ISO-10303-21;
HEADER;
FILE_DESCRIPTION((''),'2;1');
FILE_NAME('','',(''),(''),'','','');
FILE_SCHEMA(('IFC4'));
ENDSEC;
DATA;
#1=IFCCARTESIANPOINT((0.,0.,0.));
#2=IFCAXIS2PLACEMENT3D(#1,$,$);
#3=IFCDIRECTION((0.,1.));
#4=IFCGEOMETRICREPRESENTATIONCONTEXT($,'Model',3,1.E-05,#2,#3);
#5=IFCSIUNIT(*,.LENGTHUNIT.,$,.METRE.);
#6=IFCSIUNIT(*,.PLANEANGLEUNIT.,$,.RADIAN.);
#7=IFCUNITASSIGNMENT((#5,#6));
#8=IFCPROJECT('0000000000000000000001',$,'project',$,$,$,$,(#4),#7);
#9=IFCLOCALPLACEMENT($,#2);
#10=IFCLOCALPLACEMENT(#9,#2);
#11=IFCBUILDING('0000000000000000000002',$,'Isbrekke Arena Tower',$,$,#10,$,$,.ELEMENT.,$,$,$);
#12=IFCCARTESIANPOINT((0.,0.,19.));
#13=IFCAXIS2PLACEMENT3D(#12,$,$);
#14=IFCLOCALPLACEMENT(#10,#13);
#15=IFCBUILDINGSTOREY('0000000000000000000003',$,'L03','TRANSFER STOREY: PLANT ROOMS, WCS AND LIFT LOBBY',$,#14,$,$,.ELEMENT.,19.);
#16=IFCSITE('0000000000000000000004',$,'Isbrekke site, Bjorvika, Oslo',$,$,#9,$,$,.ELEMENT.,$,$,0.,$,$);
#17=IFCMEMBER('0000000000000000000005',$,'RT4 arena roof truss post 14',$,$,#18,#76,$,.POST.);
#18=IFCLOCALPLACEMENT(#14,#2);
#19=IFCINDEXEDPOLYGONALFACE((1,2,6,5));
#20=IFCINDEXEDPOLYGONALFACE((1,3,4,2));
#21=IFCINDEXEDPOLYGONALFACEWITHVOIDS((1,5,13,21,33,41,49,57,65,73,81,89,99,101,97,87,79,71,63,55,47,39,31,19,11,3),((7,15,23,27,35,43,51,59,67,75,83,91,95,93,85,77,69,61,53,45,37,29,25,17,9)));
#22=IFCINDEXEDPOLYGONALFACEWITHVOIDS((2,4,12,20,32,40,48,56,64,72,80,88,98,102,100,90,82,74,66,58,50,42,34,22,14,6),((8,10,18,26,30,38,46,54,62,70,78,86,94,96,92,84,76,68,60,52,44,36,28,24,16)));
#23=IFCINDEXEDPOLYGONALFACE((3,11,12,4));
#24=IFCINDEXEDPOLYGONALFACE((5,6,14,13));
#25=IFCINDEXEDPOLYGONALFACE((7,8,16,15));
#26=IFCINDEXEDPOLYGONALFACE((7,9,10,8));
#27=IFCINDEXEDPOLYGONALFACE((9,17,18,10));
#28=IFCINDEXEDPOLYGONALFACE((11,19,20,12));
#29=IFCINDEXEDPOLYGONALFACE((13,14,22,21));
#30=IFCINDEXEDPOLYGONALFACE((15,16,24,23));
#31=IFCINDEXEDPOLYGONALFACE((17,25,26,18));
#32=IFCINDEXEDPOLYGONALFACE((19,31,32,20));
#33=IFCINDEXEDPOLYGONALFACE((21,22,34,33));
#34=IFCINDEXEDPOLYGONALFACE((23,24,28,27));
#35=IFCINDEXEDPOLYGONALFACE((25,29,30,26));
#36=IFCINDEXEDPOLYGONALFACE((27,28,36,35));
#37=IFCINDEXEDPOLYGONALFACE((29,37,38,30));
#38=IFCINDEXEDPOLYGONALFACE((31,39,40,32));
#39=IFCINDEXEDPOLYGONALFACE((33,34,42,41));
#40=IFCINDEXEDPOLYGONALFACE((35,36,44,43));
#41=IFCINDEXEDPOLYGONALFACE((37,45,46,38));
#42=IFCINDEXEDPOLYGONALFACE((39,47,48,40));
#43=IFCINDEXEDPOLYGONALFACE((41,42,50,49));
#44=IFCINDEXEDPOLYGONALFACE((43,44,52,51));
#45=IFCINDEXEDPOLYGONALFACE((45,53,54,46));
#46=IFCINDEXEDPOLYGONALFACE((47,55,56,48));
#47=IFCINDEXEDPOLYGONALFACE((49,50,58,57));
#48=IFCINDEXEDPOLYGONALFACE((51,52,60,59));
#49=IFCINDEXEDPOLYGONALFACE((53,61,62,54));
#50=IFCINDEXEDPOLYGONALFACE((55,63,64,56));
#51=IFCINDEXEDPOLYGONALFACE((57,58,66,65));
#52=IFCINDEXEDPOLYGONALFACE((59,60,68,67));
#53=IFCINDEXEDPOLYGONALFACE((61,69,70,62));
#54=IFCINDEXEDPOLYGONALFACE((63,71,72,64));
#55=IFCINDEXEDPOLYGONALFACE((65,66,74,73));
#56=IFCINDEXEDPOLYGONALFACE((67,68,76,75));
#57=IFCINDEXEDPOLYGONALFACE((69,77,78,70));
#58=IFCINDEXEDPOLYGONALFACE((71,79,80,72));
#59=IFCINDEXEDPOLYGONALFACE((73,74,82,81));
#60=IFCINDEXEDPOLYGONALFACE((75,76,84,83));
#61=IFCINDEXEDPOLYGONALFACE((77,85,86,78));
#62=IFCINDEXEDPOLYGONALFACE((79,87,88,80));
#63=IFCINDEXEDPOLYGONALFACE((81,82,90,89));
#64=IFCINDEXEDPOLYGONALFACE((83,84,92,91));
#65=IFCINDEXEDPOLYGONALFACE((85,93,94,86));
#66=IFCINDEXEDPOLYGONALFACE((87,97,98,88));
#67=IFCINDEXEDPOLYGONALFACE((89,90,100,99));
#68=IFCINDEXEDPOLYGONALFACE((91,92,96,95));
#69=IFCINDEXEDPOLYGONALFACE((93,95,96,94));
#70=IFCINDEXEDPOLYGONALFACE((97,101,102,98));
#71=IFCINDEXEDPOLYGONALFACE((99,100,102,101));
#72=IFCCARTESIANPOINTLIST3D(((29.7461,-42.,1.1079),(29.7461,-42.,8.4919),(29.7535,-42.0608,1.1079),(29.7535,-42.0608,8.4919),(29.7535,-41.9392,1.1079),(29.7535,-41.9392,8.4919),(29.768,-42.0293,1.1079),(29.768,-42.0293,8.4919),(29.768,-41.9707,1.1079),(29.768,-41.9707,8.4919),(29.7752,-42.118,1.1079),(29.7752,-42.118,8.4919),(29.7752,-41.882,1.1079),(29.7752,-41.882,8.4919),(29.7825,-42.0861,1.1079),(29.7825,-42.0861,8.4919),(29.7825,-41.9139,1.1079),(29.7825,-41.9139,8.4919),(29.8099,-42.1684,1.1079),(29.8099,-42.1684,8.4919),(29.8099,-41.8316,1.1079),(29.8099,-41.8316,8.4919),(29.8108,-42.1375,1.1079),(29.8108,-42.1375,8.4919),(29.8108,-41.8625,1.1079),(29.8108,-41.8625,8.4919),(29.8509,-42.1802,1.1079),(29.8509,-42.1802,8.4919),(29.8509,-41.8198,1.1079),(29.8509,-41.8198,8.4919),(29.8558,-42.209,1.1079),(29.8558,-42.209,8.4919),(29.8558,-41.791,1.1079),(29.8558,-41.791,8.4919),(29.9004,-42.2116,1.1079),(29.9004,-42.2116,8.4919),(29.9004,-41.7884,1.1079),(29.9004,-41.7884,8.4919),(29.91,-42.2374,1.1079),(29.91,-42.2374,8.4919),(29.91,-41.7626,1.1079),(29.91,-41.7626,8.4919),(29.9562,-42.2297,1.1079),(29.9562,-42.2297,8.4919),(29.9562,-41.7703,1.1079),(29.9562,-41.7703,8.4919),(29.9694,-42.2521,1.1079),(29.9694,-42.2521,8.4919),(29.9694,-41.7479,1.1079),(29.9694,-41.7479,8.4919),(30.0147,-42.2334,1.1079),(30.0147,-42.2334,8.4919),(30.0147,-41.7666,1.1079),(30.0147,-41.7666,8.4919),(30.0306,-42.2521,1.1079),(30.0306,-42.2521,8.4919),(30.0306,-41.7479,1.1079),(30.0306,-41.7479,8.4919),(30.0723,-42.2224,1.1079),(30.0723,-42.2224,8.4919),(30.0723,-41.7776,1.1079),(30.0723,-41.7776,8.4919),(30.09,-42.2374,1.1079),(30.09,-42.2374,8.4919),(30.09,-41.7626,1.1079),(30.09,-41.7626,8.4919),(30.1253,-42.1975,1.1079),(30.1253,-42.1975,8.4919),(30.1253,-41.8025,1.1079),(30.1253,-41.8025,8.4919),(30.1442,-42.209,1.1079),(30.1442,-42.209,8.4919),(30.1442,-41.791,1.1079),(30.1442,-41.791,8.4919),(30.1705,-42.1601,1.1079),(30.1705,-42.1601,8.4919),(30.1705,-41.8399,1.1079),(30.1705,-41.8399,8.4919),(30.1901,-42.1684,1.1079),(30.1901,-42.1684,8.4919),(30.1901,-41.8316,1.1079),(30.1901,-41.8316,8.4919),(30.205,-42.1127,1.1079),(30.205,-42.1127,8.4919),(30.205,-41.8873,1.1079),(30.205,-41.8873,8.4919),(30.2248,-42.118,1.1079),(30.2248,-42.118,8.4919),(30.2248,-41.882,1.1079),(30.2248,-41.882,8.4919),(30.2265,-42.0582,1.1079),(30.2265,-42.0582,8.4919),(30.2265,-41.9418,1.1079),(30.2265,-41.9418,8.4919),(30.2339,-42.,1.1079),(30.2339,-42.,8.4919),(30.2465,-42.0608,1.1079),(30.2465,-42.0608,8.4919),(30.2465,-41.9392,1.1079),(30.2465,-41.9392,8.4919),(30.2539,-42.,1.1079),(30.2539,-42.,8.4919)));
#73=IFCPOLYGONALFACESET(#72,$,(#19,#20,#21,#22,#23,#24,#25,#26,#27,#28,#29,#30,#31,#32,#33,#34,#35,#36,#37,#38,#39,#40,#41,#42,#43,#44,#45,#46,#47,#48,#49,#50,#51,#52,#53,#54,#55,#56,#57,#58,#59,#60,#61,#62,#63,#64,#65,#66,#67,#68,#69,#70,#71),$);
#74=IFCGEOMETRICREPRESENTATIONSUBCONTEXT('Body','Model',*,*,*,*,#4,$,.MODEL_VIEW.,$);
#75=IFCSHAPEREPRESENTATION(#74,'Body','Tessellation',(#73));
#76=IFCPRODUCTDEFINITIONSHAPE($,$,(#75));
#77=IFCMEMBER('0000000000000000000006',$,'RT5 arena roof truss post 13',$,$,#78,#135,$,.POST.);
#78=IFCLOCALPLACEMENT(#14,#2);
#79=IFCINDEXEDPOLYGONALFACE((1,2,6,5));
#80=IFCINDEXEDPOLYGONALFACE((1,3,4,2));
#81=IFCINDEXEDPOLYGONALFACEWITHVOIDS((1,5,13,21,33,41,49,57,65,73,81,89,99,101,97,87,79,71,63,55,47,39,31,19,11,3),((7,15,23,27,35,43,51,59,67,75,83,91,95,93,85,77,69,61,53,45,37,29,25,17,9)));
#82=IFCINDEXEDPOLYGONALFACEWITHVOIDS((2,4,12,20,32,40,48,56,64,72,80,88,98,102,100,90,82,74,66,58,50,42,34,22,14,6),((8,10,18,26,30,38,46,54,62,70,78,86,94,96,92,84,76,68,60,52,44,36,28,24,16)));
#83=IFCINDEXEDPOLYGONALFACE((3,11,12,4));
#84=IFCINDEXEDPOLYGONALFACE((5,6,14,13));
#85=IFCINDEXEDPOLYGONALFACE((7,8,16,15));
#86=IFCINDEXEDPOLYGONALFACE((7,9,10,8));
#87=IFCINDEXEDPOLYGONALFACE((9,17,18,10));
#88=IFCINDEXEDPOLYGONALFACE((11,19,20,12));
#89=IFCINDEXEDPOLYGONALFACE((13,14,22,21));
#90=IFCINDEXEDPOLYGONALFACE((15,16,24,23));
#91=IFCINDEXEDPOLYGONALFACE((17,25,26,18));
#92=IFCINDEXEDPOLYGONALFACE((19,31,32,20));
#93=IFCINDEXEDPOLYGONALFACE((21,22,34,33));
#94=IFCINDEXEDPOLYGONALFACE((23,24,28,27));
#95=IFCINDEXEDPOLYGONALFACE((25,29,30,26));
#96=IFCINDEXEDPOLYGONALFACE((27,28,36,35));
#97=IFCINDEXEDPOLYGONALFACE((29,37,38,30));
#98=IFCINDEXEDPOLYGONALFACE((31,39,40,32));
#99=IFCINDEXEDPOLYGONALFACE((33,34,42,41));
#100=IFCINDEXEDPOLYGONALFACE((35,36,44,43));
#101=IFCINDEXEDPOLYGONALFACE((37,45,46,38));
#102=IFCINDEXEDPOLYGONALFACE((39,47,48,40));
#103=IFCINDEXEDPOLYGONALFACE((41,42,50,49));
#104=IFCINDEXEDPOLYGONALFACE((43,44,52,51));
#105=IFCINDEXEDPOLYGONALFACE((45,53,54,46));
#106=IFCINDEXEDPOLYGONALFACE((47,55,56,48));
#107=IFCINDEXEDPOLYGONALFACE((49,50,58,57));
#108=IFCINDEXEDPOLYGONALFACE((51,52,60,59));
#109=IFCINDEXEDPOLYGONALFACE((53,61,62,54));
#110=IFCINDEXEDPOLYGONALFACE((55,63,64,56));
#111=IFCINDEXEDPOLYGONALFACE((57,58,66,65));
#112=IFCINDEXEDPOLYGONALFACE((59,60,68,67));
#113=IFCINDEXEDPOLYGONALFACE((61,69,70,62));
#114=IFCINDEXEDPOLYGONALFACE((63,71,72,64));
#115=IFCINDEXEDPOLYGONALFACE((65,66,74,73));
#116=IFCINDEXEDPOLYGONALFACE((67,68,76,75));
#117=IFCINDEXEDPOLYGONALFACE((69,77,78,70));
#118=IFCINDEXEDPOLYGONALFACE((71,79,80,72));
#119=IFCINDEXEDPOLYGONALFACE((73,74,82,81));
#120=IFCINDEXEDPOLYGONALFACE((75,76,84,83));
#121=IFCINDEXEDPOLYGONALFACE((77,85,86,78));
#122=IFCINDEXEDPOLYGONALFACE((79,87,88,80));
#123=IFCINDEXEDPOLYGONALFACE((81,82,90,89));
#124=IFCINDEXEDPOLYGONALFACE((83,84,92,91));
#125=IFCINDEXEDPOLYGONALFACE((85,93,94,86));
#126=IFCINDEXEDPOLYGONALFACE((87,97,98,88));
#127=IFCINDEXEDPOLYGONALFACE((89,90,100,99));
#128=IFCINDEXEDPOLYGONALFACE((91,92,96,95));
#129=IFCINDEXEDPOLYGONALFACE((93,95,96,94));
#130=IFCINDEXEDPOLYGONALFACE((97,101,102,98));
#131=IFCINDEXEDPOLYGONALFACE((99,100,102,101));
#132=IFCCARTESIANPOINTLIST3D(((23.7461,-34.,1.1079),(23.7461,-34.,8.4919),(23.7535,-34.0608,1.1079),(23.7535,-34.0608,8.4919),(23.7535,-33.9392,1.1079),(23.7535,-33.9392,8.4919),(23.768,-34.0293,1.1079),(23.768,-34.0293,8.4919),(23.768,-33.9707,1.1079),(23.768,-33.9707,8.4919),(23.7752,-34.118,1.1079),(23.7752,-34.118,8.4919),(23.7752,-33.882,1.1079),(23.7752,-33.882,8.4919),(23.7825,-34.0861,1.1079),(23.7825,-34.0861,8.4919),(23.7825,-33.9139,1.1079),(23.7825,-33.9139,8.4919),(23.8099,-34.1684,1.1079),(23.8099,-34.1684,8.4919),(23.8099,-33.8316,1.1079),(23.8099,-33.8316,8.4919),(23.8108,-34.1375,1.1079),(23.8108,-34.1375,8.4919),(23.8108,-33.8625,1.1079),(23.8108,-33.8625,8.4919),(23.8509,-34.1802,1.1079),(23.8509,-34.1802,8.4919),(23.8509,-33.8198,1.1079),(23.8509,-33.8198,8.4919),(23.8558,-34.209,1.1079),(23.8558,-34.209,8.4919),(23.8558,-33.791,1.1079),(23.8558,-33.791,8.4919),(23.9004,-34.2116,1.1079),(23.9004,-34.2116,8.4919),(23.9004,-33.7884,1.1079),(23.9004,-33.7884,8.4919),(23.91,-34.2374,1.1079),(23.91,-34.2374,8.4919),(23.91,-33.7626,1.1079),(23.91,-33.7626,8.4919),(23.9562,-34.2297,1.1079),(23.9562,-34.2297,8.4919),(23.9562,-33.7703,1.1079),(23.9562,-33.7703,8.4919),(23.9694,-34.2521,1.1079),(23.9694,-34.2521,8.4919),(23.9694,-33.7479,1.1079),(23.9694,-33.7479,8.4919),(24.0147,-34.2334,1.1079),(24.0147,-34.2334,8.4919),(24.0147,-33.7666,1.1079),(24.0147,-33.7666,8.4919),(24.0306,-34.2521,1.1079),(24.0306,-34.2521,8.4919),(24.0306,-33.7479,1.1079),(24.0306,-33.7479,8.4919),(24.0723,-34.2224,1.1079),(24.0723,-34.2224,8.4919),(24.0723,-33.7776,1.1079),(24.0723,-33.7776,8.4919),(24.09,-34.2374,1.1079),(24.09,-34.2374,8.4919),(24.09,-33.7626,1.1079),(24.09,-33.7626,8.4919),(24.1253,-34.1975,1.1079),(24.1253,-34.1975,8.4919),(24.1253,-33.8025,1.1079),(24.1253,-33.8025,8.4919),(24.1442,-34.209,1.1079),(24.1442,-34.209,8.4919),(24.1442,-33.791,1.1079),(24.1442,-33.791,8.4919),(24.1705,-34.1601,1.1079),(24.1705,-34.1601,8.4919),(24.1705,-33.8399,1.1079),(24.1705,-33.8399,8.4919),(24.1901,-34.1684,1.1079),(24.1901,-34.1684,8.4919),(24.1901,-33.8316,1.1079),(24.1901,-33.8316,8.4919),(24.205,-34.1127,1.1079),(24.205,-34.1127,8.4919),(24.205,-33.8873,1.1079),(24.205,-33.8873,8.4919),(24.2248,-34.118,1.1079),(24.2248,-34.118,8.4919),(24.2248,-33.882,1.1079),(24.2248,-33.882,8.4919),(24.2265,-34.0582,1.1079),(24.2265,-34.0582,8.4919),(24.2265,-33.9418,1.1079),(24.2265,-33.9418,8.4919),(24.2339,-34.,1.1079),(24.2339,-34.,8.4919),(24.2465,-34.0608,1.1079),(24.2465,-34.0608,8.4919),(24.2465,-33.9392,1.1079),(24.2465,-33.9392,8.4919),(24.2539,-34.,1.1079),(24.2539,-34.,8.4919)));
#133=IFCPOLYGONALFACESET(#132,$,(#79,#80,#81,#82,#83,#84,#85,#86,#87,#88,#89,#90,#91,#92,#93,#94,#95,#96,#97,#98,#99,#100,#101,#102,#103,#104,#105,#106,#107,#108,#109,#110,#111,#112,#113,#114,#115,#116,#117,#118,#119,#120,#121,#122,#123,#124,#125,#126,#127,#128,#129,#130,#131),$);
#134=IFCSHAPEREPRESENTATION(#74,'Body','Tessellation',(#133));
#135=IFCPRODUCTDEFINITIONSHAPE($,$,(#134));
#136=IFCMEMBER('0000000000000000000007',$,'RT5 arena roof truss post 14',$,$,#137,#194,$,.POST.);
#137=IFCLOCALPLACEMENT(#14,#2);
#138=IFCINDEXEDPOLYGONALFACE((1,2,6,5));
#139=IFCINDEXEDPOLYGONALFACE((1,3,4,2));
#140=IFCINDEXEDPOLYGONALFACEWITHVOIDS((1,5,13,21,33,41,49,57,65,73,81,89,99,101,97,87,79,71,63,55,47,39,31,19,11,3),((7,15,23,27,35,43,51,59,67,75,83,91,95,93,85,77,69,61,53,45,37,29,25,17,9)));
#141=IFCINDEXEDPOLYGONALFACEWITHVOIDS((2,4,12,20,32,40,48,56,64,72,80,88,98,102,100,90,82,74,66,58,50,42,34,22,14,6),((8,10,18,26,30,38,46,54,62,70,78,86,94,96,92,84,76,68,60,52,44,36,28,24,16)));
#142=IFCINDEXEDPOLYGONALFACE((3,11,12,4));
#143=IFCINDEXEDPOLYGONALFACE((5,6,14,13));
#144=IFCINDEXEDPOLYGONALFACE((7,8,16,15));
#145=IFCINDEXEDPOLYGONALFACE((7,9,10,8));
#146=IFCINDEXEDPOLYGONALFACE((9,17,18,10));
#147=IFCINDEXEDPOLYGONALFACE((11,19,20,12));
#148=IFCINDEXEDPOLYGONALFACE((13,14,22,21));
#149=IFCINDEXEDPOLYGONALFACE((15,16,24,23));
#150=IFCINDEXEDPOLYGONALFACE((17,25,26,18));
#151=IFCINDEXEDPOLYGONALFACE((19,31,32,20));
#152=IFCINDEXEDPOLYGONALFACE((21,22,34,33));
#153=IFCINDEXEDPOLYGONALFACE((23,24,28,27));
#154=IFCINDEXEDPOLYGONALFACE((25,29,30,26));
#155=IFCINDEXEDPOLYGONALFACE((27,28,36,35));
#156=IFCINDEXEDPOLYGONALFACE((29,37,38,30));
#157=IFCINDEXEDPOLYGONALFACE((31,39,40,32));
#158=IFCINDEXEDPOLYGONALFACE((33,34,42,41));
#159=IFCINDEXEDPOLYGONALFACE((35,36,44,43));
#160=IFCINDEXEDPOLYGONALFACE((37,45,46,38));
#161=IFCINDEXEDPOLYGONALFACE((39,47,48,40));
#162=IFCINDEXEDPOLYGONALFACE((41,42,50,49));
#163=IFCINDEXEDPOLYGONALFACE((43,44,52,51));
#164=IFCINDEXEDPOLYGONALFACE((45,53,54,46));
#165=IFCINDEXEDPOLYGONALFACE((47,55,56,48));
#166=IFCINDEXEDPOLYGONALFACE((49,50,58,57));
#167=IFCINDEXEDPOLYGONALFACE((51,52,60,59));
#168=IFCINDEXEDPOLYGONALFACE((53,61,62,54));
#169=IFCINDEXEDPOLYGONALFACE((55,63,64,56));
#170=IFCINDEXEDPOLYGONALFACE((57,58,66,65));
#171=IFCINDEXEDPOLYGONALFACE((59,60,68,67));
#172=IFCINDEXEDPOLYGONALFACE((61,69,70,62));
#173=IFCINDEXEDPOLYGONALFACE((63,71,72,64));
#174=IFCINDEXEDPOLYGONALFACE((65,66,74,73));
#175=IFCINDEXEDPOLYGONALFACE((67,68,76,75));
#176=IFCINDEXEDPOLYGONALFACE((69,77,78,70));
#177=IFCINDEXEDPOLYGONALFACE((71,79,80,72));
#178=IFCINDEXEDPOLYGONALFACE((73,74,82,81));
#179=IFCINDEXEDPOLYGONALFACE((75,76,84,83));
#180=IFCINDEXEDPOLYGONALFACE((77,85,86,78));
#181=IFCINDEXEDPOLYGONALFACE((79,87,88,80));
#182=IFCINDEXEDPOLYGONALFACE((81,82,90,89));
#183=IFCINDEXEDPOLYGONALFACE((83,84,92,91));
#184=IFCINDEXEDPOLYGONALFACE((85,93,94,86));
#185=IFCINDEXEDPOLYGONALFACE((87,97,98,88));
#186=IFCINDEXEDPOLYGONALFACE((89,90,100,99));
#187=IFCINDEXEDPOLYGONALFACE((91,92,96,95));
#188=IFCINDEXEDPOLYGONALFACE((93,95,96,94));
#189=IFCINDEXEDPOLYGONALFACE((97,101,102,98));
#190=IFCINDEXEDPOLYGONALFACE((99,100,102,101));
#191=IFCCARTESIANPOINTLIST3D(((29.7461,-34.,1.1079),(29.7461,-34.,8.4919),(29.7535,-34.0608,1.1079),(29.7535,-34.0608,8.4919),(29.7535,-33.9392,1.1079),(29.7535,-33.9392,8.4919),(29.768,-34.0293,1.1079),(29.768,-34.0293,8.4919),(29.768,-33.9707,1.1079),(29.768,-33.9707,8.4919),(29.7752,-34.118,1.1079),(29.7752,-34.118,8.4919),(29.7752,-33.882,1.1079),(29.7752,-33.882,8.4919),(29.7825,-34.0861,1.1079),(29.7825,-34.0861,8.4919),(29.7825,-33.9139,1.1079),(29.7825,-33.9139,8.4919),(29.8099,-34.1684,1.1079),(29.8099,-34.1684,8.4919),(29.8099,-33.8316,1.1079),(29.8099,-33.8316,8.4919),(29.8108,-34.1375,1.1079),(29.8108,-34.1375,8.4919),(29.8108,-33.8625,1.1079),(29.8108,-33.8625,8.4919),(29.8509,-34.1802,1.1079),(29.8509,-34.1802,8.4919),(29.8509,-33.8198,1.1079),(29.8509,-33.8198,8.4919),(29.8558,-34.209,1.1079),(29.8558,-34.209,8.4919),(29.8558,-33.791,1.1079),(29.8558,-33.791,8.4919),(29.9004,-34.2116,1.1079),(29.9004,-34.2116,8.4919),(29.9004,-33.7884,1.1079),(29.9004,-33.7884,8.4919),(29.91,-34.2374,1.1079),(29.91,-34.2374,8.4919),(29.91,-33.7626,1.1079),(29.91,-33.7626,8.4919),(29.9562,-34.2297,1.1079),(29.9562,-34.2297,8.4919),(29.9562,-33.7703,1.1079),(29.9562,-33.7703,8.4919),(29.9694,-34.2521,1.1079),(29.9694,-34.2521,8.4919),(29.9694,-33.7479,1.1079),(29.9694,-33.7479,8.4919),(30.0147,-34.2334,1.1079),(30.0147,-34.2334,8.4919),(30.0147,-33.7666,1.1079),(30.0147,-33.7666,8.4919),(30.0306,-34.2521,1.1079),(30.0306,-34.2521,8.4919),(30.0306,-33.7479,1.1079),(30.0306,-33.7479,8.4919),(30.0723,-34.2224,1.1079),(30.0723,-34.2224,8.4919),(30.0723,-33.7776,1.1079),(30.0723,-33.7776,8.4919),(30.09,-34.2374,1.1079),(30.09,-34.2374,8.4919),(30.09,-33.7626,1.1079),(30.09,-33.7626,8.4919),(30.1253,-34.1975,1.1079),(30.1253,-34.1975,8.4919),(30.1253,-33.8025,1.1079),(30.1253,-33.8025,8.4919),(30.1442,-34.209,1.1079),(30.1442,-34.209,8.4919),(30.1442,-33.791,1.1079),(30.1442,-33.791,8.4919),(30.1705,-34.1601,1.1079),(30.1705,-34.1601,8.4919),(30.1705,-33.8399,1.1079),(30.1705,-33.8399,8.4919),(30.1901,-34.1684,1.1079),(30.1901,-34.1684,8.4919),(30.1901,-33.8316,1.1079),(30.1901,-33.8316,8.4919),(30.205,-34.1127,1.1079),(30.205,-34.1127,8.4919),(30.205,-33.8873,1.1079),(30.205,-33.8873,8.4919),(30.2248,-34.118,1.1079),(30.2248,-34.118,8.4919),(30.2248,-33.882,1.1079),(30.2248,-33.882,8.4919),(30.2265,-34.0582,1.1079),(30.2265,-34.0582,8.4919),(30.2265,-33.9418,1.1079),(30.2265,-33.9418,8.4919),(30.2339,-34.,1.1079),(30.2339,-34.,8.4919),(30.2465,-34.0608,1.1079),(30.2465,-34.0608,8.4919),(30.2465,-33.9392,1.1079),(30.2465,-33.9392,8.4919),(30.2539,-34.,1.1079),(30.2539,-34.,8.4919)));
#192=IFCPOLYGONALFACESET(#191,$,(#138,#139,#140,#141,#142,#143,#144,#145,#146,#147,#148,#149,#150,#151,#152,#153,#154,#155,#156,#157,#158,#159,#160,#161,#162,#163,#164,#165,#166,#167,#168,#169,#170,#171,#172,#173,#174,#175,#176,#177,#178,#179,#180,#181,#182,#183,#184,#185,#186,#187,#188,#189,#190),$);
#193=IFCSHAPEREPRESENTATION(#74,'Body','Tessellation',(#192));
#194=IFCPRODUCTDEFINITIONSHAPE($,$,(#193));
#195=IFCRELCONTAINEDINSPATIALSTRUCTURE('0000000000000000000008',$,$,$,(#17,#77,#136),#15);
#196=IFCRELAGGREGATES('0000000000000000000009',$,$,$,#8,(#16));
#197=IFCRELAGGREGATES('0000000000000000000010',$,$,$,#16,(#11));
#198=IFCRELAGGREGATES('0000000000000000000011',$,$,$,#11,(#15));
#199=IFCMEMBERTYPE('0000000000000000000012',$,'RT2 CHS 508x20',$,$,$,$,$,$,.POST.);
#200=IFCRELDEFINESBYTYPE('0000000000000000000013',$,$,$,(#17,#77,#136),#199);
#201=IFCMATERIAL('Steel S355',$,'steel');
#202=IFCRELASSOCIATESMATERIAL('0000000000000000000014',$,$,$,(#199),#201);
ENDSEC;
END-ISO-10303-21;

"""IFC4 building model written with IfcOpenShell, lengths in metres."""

from ifc_helpers import new_model, si_unit, direction, frame, origin, origin_2d, place, context, subcontext, project, spatial, hollow_circle, extrude, material, material_profile, profile_set, type_object, element, save


model = new_model("IFC4")

# Units and contexts
model_context = context("Model", 3, precision=1e-05, world=origin(), true_north=direction((0.0, 1.0)))
body_context = subcontext(model_context, "Body", "Model", "MODEL_VIEW")
ifc_project = project(units=[si_unit("LENGTHUNIT", "METRE"), si_unit("PLANEANGLEUNIT", "RADIAN")], contexts=[model_context])

# Site, building, storey
site_placement = place(None, origin())
site = spatial("IfcSite", under=ifc_project, at=site_placement, Name="Isbrekke site, Bjorvika, Oslo", CompositionType="ELEMENT", RefElevation=0.0)
building_placement = place(site_placement, origin())
building = spatial("IfcBuilding", under=site, at=building_placement, Name="Isbrekke Arena Tower", CompositionType="ELEMENT")
storey_placement = place(building_placement, frame((0.0, 0.0, 19.0)))
storey = spatial("IfcBuildingStorey", under=building, at=storey_placement, Name="L03", Description="TRANSFER STOREY: PLANT ROOMS, WCS AND LIFT LOBBY", CompositionType="ELEMENT", Elevation=19.0)

# Members
ifc_material_1 = material(Name="Steel S355", Category="steel")
ifc_material_profile_1 = material_profile(ifc_material_1, hollow_circle(Radius=0.2539, WallThickness=0.02, at=origin_2d()), Name="CHS 508x20")
ifc_profile_set_1 = profile_set([ifc_material_profile_1], Name="Steel S355")
member_type_1 = type_object("IfcMemberType", Name="RT2 CHS 508x20", PredefinedType="POST", material=ifc_profile_set_1)
for number, where, z_axis, x_axis, name in (
    (1, (30.0, -42.0, 1.1079), (0.0, 0.0, 1.0), (1.0, 0.0, 0.0), "RT4 arena roof truss post 14"),
    (2, (24.0, -34.0, 1.1079), (0.0, 0.0, 1.0), (1.0, 0.0, 0.0), "RT5 arena roof truss post 13"),
    (3, (30.0, -34.0, 1.1079), (0.0, 0.0, 1.0), (1.0, 0.0, 0.0), "RT5 arena roof truss post 14"),
):
    element("IfcMember", number, at=place(storey_placement, frame(where, z_axis=z_axis, x_axis=x_axis)), inside=storey, type_object=member_type_1, Name=name, PredefinedType="POST", context=body_context, shape_type="SweptSolid", body=[
        extrude(hollow_circle(Radius=0.2539, WallThickness=0.02, at=origin_2d()), origin(), (0.0, 0.0, 1.0), 7.384),
    ])

save(model, "model.ifc")
